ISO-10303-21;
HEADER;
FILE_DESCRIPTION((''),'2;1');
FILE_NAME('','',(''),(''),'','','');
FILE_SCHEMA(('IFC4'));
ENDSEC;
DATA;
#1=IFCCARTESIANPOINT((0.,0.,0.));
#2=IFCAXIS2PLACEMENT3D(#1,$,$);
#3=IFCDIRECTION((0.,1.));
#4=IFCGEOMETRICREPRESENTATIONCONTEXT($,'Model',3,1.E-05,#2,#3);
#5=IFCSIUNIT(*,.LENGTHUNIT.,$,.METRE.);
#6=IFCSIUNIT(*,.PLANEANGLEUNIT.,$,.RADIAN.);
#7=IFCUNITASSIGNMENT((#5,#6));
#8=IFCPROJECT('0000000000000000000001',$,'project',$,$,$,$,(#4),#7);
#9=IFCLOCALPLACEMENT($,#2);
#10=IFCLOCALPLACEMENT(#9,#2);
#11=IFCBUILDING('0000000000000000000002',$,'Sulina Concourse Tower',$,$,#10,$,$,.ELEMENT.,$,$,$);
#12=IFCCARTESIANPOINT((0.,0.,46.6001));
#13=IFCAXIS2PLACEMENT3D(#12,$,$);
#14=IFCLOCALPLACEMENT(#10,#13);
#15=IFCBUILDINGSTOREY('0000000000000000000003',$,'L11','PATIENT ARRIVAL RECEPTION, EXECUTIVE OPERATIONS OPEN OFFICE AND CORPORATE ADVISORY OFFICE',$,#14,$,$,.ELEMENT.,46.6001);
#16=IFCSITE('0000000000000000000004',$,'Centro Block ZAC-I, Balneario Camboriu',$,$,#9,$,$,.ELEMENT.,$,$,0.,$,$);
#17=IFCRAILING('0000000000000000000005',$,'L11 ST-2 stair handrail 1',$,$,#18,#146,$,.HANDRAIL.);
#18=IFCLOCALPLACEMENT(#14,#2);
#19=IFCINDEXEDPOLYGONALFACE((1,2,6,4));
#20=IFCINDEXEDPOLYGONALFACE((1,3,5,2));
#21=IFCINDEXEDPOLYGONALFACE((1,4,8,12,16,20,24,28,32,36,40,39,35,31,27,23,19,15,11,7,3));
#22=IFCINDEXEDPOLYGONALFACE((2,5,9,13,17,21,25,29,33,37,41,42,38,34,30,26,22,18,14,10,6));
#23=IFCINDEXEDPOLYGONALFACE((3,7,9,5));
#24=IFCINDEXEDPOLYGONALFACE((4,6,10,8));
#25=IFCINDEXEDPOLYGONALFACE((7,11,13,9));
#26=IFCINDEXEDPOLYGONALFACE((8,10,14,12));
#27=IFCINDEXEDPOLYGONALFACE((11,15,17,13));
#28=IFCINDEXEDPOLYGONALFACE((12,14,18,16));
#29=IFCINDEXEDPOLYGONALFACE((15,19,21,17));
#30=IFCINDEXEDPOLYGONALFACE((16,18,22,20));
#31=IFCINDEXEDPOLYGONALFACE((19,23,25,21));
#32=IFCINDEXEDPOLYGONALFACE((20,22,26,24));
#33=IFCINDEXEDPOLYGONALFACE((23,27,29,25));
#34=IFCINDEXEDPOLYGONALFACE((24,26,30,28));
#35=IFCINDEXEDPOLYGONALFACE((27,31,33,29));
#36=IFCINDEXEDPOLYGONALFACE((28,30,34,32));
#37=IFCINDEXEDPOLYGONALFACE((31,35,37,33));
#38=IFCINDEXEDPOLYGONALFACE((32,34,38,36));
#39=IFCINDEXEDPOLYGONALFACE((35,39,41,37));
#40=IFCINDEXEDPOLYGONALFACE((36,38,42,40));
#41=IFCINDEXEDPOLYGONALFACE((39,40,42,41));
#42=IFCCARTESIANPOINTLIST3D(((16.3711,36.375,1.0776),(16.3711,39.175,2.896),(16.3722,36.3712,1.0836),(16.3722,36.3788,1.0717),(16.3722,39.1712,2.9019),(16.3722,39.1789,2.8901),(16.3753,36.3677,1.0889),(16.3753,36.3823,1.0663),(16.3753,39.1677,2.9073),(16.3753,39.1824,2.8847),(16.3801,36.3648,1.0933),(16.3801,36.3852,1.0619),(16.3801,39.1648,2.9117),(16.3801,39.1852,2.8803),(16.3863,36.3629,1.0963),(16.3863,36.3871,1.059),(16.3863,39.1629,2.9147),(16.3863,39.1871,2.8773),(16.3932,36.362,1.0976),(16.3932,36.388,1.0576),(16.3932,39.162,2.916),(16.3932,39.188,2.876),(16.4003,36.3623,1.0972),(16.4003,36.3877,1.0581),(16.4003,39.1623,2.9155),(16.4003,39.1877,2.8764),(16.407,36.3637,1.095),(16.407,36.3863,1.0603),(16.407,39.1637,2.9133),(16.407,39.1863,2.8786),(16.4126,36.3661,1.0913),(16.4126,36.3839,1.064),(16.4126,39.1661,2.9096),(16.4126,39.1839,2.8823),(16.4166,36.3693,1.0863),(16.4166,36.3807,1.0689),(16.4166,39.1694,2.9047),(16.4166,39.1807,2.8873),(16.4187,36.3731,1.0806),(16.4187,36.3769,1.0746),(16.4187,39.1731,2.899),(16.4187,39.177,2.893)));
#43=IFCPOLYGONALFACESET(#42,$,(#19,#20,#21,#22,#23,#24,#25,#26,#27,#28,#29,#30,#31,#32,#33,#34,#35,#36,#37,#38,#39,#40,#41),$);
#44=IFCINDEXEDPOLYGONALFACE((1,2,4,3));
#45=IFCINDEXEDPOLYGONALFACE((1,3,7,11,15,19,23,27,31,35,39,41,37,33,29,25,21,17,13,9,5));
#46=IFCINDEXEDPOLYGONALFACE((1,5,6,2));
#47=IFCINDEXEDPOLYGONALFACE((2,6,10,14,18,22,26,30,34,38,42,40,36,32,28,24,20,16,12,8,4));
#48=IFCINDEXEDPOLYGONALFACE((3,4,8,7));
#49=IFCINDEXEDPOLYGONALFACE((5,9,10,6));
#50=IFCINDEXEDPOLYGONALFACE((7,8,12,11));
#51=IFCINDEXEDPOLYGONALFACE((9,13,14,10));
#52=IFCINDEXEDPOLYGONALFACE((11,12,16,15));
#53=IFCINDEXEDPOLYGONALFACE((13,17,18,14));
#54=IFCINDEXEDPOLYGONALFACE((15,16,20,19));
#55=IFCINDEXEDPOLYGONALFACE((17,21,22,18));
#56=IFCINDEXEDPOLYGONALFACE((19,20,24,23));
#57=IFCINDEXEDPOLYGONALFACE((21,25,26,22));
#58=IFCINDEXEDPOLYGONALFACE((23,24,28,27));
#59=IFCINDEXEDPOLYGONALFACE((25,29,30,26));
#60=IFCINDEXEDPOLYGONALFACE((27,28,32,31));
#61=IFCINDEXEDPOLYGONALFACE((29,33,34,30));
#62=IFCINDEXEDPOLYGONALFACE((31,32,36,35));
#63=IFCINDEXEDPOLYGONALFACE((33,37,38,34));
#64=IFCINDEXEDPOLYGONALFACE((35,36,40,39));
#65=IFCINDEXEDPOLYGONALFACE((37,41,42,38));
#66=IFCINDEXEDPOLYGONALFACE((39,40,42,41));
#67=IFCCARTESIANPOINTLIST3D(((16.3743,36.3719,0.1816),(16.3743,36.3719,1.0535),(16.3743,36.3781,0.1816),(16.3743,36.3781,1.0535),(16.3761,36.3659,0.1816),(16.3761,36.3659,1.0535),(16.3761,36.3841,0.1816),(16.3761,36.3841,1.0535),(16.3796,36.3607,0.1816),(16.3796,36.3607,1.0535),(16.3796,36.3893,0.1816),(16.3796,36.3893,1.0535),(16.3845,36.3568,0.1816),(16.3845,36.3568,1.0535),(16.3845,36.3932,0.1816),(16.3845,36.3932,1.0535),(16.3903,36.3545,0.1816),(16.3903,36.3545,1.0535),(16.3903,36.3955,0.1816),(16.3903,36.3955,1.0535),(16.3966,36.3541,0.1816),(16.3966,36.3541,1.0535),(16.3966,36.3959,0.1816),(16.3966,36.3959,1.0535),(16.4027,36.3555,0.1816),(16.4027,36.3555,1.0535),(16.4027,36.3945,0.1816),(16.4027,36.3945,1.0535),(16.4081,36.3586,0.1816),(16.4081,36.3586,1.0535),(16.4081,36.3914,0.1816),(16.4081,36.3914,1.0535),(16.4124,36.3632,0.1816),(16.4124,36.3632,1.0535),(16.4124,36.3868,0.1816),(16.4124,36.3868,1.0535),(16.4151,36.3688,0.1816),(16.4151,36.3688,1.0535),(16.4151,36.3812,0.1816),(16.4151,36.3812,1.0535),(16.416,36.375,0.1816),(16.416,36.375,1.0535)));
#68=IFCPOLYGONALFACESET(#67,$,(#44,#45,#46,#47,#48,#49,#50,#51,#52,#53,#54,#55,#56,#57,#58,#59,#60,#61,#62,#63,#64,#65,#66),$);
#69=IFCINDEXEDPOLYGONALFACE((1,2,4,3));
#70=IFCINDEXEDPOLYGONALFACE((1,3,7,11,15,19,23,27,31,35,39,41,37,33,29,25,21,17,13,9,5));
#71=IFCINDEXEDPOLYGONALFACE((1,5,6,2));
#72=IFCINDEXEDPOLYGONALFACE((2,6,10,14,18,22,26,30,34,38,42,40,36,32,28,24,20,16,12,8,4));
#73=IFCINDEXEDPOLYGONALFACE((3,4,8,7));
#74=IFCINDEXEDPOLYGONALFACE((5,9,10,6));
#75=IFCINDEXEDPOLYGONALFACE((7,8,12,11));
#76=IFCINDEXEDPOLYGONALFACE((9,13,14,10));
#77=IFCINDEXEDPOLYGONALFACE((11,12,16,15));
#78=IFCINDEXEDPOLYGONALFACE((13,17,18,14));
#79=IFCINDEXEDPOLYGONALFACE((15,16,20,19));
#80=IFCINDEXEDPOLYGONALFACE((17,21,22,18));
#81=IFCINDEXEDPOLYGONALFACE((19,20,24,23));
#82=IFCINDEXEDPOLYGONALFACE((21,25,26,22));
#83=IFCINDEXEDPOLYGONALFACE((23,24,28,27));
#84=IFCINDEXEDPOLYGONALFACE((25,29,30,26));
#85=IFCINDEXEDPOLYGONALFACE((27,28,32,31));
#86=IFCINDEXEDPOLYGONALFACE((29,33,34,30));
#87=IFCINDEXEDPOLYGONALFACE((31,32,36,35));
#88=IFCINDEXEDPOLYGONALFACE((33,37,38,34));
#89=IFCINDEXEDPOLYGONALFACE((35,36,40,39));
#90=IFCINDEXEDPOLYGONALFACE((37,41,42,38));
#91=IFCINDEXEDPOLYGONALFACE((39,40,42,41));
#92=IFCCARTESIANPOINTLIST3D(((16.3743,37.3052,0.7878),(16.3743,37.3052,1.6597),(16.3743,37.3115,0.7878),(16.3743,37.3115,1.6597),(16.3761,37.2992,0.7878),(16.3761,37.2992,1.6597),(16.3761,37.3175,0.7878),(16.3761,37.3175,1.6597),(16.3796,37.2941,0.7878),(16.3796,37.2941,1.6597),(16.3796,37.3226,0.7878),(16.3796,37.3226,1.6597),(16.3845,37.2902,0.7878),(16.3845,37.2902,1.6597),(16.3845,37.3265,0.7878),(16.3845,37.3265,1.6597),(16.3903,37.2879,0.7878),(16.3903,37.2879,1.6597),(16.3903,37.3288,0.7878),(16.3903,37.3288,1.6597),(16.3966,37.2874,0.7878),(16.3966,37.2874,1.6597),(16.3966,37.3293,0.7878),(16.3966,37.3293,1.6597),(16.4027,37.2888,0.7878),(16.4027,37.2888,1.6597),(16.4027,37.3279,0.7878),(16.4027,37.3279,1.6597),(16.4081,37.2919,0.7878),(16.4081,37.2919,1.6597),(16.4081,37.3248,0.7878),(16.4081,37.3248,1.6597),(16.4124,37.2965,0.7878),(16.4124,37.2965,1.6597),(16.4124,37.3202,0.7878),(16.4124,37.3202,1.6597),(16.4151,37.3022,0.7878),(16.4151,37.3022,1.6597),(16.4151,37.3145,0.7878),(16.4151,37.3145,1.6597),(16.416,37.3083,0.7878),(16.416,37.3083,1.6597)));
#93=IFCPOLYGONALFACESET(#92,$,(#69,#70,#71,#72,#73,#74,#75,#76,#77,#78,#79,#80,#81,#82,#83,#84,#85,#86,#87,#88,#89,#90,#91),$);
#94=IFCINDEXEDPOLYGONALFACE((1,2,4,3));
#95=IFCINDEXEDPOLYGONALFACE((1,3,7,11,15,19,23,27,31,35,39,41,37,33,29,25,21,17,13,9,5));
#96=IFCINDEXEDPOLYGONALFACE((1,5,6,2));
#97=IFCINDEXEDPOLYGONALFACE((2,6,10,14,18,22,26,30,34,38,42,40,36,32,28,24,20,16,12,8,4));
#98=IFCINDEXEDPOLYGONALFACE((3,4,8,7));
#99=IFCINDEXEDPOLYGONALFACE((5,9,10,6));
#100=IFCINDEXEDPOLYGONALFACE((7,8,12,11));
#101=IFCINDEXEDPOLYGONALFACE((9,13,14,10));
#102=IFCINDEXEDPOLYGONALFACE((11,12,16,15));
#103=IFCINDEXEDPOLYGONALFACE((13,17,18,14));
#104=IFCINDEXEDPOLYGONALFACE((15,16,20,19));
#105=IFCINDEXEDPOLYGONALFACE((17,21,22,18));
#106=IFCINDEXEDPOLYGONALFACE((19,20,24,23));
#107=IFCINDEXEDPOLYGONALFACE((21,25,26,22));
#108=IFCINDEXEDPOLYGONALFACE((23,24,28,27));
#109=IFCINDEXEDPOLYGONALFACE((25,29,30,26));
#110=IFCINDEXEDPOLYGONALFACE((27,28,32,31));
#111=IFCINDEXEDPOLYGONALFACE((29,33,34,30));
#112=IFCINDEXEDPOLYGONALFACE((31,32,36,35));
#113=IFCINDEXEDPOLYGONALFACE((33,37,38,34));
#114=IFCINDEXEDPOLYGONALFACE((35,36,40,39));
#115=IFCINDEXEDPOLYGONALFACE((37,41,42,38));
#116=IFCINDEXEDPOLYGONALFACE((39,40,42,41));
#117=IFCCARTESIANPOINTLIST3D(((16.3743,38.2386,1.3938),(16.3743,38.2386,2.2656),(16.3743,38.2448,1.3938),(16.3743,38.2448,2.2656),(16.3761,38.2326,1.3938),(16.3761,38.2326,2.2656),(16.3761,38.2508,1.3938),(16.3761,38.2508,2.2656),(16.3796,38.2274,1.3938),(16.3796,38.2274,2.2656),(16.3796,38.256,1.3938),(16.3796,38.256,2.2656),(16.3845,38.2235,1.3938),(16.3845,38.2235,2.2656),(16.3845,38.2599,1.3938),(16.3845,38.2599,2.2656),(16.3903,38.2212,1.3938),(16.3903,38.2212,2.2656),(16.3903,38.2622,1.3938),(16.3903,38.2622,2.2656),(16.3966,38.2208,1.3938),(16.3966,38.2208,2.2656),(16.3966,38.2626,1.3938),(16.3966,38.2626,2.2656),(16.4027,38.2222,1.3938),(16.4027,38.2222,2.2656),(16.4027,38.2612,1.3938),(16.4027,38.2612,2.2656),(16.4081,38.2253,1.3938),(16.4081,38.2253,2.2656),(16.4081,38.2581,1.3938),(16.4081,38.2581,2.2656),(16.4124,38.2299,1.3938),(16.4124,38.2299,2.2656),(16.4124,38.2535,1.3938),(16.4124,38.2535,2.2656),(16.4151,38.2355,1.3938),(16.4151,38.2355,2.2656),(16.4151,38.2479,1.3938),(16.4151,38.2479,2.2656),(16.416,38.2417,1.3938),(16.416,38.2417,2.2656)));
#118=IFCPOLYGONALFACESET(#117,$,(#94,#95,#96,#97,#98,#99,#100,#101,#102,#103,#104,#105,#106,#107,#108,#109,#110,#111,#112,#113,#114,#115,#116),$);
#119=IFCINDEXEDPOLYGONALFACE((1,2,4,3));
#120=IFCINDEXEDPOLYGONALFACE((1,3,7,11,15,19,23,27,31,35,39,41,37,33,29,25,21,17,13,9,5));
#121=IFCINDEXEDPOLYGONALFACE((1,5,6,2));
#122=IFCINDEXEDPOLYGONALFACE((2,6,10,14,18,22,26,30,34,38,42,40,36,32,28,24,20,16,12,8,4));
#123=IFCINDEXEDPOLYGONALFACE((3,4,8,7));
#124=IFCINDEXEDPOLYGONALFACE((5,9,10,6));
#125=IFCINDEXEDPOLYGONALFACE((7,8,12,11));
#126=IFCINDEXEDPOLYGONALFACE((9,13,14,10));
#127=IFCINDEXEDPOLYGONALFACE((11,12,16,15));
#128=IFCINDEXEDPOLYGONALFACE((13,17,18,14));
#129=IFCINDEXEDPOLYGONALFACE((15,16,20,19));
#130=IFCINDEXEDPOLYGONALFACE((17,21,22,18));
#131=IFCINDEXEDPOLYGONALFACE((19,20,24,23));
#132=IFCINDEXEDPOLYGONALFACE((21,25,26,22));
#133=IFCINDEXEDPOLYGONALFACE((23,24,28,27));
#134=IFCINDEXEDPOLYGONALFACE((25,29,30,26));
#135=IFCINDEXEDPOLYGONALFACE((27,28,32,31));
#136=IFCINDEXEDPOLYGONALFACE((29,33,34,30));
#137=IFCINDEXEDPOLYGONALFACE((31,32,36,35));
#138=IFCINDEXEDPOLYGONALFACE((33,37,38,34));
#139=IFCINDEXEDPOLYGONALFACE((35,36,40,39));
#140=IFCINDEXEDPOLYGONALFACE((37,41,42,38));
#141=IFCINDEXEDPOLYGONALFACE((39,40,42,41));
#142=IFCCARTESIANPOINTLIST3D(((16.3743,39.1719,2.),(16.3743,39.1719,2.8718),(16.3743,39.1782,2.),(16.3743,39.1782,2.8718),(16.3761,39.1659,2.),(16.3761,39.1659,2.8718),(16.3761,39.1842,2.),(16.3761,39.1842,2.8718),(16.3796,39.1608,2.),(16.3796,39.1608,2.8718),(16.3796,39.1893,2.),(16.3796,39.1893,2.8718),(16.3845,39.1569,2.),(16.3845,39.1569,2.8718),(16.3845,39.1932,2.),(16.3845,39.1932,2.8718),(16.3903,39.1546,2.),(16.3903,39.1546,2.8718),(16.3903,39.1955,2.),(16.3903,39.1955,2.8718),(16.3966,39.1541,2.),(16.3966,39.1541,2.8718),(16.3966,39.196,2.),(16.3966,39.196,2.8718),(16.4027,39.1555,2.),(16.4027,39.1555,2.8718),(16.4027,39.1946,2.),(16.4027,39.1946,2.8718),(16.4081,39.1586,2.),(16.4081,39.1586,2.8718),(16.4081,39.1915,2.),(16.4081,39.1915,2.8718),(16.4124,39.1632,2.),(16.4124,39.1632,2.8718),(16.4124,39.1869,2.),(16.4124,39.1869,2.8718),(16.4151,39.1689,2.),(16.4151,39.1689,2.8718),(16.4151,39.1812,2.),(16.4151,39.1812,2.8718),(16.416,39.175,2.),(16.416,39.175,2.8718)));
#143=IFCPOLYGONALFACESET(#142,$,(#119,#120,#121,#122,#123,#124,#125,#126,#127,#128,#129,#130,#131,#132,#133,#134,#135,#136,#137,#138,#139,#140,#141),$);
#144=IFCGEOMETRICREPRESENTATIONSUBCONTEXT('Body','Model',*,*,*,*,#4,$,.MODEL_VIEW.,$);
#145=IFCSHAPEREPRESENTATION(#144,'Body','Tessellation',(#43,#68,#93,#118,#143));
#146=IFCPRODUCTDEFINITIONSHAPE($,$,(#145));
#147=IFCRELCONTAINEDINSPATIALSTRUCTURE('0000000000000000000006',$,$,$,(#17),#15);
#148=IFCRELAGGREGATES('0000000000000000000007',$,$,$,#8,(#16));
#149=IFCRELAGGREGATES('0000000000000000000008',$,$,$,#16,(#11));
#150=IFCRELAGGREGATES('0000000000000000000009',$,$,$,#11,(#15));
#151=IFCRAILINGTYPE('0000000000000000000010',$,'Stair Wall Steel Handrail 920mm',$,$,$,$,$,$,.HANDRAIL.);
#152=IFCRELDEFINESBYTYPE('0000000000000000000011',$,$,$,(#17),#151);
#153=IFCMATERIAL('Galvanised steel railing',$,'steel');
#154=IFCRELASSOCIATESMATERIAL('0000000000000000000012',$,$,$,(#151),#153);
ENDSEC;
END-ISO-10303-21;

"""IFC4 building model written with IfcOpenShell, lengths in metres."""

from ifc_helpers import new_model, si_unit, direction, frame, origin, origin_2d, place, context, subcontext, project, spatial, circle, extrude, material, type_object, element, save


model = new_model("IFC4")

# Units and contexts
model_context = context("Model", 3, precision=1e-05, world=origin(), true_north=direction((0.0, 1.0)))
body_context = subcontext(model_context, "Body", "Model", "MODEL_VIEW")
ifc_project = project(units=[si_unit("LENGTHUNIT", "METRE"), si_unit("PLANEANGLEUNIT", "RADIAN")], contexts=[model_context])

# Site, building, storey
site_placement = place(None, origin())
site = spatial("IfcSite", under=ifc_project, at=site_placement, Name="Centro Block ZAC-I, Balneario Camboriu", CompositionType="ELEMENT", RefElevation=0.0)
building_placement = place(site_placement, origin())
building = spatial("IfcBuilding", under=site, at=building_placement, Name="Sulina Concourse Tower", CompositionType="ELEMENT")
storey_placement = place(building_placement, frame((0.0, 0.0, 46.6001)))
storey = spatial("IfcBuildingStorey", under=building, at=storey_placement, Name="L11", Description="PATIENT ARRIVAL RECEPTION, EXECUTIVE OPERATIONS OPEN OFFICE AND CORPORATE ADVISORY OFFICE", CompositionType="ELEMENT", Elevation=46.6001)

# Railing
ifc_material_1 = material(Name="Galvanised steel railing", Category="steel")
railing_type_1 = type_object("IfcRailingType", Name="Stair Wall Steel Handrail 920mm", PredefinedType="HANDRAIL", material=ifc_material_1)
railing_1_placement = place(storey_placement, frame((16.395, 36.375, 0.1816)))
element("IfcRailing", 1, at=railing_1_placement, inside=storey, type_object=railing_type_1, Name="L11 ST-2 stair handrail 1", PredefinedType="HANDRAIL", context=body_context, shape_type="SweptSolid", body=[
    extrude(circle(Radius=0.0239, at=origin_2d()), frame((0.0, 0.0, 0.896), z_axis=(0.0, 0.838672, 0.544636), x_axis=(-1.0, 0.0, 0.0)), (0.0, 0.0, 1.0), 3.3386),
    extrude(circle(Radius=0.021, at=origin_2d()), origin(), (0.0, 0.0, 1.0), 0.8718),
    extrude(circle(Radius=0.021, at=origin_2d()), frame((0.0, 0.9333, 0.6062)), (0.0, 0.0, 1.0), 0.8718),
    extrude(circle(Radius=0.021, at=origin_2d()), frame((0.0, 1.8667, 1.2122)), (0.0, 0.0, 1.0), 0.8718),
    extrude(circle(Radius=0.021, at=origin_2d()), frame((0.0, 2.8, 1.8184)), (0.0, 0.0, 1.0), 0.8718),
])

save(model, "model.ifc")
